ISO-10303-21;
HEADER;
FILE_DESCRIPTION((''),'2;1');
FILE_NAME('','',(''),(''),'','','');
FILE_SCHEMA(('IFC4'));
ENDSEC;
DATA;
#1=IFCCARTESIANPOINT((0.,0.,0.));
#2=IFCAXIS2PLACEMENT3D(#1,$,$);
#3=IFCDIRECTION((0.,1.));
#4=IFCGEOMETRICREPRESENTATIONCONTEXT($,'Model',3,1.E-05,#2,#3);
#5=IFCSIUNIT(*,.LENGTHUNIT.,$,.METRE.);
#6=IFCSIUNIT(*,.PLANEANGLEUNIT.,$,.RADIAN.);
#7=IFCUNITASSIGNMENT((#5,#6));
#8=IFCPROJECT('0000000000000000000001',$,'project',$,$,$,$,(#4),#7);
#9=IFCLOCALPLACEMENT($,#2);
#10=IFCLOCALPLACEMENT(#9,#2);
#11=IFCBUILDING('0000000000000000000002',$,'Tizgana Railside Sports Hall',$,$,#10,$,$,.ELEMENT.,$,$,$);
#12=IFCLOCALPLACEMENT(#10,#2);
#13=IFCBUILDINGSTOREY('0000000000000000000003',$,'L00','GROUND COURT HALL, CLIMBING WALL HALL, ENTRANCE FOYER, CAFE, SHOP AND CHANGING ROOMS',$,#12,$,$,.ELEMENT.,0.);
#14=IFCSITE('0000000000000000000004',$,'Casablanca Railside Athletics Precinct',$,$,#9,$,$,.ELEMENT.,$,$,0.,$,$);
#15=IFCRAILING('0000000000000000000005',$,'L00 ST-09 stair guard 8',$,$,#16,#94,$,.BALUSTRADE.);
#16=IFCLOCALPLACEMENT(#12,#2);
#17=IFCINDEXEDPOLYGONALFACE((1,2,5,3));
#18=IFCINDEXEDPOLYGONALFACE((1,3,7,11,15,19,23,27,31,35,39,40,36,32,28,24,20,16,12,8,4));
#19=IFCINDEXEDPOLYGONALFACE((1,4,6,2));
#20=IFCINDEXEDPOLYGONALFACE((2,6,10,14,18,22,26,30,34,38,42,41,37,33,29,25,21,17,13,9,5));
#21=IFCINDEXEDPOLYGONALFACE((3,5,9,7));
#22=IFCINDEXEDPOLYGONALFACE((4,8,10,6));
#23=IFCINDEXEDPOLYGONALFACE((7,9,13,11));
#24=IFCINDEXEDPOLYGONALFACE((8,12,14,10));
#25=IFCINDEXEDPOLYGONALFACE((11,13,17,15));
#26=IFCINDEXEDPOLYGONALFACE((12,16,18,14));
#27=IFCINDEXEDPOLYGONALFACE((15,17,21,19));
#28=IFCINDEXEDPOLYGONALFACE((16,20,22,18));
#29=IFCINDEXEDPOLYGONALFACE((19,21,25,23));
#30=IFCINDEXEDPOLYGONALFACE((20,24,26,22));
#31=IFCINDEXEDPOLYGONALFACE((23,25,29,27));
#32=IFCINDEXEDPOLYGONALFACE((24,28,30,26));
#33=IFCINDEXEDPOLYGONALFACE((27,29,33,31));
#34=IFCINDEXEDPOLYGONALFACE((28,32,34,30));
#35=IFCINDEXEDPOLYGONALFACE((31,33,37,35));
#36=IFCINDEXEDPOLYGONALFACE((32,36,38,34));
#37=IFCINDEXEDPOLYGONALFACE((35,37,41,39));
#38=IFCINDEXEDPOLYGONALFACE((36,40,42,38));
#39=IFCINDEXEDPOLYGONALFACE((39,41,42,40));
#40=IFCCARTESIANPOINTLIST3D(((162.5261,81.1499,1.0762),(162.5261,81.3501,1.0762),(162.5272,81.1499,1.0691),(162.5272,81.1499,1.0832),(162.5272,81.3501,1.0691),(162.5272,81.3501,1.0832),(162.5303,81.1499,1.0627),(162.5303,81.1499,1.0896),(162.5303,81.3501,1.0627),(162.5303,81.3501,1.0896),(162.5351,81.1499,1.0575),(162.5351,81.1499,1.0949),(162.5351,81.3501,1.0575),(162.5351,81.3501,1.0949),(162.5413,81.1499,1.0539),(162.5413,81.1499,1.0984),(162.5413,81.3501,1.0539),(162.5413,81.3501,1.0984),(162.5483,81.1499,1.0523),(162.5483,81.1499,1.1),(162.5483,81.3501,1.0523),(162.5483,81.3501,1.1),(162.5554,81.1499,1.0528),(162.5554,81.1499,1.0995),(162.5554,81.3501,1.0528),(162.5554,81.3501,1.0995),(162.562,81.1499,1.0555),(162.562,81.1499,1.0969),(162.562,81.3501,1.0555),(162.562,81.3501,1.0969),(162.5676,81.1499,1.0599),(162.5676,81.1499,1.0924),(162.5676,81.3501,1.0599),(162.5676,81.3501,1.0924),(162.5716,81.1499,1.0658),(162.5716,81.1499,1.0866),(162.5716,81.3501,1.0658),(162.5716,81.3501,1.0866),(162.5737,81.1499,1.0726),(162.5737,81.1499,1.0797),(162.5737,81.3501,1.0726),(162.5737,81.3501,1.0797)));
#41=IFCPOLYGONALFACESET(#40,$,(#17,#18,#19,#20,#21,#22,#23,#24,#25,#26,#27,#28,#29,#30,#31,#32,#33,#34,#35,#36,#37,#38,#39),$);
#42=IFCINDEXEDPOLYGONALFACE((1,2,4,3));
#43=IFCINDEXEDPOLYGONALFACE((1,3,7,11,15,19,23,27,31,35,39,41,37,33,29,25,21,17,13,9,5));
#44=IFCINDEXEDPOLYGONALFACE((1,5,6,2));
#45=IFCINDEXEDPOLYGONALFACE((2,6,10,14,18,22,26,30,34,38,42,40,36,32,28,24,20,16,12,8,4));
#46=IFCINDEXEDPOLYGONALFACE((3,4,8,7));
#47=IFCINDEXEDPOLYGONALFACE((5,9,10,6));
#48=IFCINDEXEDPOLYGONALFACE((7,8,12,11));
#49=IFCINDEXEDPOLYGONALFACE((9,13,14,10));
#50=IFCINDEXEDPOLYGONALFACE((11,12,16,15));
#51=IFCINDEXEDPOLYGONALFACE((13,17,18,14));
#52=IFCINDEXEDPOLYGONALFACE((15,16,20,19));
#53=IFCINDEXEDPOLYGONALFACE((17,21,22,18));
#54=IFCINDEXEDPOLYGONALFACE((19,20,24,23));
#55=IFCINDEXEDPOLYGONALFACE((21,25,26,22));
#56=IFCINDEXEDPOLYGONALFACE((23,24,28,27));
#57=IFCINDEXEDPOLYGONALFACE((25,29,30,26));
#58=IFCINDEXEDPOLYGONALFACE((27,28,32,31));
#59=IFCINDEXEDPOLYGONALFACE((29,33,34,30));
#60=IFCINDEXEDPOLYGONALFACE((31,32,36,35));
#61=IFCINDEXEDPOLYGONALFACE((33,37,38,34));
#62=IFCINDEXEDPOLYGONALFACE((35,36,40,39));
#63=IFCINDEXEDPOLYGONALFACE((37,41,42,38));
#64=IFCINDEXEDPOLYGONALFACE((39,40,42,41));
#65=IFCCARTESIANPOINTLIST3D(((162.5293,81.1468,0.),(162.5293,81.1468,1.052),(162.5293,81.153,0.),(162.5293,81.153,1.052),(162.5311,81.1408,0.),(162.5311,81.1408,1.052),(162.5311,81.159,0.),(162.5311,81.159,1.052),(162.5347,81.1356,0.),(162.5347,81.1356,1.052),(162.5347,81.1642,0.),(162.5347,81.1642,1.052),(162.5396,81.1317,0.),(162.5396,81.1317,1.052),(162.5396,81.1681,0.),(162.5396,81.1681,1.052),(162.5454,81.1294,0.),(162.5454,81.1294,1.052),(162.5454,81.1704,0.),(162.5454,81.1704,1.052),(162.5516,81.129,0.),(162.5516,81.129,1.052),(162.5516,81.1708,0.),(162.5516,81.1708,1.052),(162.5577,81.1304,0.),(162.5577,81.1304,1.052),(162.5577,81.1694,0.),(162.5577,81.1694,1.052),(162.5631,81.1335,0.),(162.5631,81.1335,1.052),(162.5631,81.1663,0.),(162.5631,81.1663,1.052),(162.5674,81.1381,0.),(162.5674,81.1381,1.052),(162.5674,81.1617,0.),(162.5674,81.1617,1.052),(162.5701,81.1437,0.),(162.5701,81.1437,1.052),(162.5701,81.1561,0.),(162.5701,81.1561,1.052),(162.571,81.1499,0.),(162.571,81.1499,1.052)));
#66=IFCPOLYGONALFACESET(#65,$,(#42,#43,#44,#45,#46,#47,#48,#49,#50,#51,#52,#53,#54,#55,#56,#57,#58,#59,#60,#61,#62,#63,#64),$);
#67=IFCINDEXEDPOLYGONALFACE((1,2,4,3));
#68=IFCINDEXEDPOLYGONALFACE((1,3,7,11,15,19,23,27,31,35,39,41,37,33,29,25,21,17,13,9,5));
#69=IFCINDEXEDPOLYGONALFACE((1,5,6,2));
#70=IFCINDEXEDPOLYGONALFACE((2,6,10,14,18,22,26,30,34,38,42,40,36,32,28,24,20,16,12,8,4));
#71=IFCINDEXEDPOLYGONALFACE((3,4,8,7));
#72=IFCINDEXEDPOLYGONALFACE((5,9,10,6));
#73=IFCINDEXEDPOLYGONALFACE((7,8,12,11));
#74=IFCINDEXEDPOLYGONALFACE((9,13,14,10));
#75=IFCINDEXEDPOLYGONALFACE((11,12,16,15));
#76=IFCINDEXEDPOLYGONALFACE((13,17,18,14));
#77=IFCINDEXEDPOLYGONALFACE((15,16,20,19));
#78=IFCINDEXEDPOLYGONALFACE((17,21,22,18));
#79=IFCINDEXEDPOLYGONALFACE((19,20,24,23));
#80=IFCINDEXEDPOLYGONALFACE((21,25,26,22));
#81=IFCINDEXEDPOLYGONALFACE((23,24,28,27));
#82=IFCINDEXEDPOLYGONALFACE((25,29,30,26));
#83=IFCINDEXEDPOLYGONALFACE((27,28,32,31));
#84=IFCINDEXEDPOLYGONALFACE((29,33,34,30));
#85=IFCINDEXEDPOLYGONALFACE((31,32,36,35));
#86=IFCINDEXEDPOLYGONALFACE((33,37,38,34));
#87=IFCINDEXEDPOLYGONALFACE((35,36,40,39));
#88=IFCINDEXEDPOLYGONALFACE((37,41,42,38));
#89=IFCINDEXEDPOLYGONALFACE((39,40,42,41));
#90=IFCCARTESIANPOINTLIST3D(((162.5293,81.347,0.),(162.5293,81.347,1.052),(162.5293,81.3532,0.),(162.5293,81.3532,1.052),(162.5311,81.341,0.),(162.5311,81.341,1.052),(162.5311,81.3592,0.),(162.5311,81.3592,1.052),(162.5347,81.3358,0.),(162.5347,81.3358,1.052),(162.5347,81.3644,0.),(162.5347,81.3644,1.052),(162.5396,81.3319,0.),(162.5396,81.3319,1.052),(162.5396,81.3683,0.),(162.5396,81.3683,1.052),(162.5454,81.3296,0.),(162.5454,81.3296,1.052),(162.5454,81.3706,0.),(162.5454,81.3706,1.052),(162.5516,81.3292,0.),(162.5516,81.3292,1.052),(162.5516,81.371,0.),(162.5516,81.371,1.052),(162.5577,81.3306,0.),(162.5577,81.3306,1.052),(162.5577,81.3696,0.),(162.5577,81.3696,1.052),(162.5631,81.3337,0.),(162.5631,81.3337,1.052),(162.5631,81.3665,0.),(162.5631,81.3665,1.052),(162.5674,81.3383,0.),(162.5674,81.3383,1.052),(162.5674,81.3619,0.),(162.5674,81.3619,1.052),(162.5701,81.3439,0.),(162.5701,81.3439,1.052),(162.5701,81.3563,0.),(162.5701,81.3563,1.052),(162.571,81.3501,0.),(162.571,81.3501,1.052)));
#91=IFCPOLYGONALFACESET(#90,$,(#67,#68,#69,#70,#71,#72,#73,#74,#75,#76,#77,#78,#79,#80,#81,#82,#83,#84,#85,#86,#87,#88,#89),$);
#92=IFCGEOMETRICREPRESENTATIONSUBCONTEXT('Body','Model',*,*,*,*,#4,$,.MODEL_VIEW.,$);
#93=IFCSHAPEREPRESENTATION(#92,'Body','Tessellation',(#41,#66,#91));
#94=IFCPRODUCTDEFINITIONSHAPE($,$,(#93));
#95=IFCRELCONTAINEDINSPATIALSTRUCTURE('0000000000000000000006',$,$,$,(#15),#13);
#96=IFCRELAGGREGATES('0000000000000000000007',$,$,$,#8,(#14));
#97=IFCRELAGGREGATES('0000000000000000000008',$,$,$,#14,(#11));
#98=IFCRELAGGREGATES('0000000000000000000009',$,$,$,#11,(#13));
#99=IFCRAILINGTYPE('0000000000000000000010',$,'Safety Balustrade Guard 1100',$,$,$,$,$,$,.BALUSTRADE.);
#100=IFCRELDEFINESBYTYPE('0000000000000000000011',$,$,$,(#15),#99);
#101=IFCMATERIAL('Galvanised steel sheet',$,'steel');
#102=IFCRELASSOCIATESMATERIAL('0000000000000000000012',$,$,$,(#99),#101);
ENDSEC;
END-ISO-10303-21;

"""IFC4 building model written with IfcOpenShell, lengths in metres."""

from ifc_helpers import new_model, si_unit, direction, frame, origin, origin_2d, place, context, subcontext, project, spatial, circle, extrude, material, type_object, element, save


model = new_model("IFC4")

# Units and contexts
model_context = context("Model", 3, precision=1e-05, world=origin(), true_north=direction((0.0, 1.0)))
body_context = subcontext(model_context, "Body", "Model", "MODEL_VIEW")
ifc_project = project(units=[si_unit("LENGTHUNIT", "METRE"), si_unit("PLANEANGLEUNIT", "RADIAN")], contexts=[model_context])

# Site, building, storey
site_placement = place(None, origin())
site = spatial("IfcSite", under=ifc_project, at=site_placement, Name="Casablanca Railside Athletics Precinct", CompositionType="ELEMENT", RefElevation=0.0)
building_placement = place(site_placement, origin())
building = spatial("IfcBuilding", under=site, at=building_placement, Name="Tizgana Railside Sports Hall", CompositionType="ELEMENT")
storey_placement = place(building_placement, origin())
storey = spatial("IfcBuildingStorey", under=building, at=storey_placement, Name="L00", Description="GROUND COURT HALL, CLIMBING WALL HALL, ENTRANCE FOYER, CAFE, SHOP AND CHANGING ROOMS", CompositionType="ELEMENT", Elevation=0.0)

# Railing
ifc_material_1 = material(Name="Galvanised steel sheet", Category="steel")
railing_type_1 = type_object("IfcRailingType", Name="Safety Balustrade Guard 1100", PredefinedType="BALUSTRADE", material=ifc_material_1)
railing_1_placement = place(storey_placement, frame((162.55, 81.1499, 0.0)))
element("IfcRailing", 1, at=railing_1_placement, inside=storey, type_object=railing_type_1, Name="L00 ST-09 stair guard 8", PredefinedType="BALUSTRADE", context=body_context, shape_type="SweptSolid", body=[
    extrude(circle(Radius=0.0239, at=origin_2d()), frame((0.0, 0.0, 1.0762), z_axis=(0.0, 1.0, 0.0), x_axis=(-1.0, 0.0, 0.0)), (0.0, 0.0, 1.0), 0.2002),
    extrude(circle(Radius=0.021, at=origin_2d()), origin(), (0.0, 0.0, 1.0), 1.052),
    extrude(circle(Radius=0.021, at=origin_2d()), frame((0.0, 0.2002, 0.0)), (0.0, 0.0, 1.0), 1.052),
])

save(model, "model.ifc")
